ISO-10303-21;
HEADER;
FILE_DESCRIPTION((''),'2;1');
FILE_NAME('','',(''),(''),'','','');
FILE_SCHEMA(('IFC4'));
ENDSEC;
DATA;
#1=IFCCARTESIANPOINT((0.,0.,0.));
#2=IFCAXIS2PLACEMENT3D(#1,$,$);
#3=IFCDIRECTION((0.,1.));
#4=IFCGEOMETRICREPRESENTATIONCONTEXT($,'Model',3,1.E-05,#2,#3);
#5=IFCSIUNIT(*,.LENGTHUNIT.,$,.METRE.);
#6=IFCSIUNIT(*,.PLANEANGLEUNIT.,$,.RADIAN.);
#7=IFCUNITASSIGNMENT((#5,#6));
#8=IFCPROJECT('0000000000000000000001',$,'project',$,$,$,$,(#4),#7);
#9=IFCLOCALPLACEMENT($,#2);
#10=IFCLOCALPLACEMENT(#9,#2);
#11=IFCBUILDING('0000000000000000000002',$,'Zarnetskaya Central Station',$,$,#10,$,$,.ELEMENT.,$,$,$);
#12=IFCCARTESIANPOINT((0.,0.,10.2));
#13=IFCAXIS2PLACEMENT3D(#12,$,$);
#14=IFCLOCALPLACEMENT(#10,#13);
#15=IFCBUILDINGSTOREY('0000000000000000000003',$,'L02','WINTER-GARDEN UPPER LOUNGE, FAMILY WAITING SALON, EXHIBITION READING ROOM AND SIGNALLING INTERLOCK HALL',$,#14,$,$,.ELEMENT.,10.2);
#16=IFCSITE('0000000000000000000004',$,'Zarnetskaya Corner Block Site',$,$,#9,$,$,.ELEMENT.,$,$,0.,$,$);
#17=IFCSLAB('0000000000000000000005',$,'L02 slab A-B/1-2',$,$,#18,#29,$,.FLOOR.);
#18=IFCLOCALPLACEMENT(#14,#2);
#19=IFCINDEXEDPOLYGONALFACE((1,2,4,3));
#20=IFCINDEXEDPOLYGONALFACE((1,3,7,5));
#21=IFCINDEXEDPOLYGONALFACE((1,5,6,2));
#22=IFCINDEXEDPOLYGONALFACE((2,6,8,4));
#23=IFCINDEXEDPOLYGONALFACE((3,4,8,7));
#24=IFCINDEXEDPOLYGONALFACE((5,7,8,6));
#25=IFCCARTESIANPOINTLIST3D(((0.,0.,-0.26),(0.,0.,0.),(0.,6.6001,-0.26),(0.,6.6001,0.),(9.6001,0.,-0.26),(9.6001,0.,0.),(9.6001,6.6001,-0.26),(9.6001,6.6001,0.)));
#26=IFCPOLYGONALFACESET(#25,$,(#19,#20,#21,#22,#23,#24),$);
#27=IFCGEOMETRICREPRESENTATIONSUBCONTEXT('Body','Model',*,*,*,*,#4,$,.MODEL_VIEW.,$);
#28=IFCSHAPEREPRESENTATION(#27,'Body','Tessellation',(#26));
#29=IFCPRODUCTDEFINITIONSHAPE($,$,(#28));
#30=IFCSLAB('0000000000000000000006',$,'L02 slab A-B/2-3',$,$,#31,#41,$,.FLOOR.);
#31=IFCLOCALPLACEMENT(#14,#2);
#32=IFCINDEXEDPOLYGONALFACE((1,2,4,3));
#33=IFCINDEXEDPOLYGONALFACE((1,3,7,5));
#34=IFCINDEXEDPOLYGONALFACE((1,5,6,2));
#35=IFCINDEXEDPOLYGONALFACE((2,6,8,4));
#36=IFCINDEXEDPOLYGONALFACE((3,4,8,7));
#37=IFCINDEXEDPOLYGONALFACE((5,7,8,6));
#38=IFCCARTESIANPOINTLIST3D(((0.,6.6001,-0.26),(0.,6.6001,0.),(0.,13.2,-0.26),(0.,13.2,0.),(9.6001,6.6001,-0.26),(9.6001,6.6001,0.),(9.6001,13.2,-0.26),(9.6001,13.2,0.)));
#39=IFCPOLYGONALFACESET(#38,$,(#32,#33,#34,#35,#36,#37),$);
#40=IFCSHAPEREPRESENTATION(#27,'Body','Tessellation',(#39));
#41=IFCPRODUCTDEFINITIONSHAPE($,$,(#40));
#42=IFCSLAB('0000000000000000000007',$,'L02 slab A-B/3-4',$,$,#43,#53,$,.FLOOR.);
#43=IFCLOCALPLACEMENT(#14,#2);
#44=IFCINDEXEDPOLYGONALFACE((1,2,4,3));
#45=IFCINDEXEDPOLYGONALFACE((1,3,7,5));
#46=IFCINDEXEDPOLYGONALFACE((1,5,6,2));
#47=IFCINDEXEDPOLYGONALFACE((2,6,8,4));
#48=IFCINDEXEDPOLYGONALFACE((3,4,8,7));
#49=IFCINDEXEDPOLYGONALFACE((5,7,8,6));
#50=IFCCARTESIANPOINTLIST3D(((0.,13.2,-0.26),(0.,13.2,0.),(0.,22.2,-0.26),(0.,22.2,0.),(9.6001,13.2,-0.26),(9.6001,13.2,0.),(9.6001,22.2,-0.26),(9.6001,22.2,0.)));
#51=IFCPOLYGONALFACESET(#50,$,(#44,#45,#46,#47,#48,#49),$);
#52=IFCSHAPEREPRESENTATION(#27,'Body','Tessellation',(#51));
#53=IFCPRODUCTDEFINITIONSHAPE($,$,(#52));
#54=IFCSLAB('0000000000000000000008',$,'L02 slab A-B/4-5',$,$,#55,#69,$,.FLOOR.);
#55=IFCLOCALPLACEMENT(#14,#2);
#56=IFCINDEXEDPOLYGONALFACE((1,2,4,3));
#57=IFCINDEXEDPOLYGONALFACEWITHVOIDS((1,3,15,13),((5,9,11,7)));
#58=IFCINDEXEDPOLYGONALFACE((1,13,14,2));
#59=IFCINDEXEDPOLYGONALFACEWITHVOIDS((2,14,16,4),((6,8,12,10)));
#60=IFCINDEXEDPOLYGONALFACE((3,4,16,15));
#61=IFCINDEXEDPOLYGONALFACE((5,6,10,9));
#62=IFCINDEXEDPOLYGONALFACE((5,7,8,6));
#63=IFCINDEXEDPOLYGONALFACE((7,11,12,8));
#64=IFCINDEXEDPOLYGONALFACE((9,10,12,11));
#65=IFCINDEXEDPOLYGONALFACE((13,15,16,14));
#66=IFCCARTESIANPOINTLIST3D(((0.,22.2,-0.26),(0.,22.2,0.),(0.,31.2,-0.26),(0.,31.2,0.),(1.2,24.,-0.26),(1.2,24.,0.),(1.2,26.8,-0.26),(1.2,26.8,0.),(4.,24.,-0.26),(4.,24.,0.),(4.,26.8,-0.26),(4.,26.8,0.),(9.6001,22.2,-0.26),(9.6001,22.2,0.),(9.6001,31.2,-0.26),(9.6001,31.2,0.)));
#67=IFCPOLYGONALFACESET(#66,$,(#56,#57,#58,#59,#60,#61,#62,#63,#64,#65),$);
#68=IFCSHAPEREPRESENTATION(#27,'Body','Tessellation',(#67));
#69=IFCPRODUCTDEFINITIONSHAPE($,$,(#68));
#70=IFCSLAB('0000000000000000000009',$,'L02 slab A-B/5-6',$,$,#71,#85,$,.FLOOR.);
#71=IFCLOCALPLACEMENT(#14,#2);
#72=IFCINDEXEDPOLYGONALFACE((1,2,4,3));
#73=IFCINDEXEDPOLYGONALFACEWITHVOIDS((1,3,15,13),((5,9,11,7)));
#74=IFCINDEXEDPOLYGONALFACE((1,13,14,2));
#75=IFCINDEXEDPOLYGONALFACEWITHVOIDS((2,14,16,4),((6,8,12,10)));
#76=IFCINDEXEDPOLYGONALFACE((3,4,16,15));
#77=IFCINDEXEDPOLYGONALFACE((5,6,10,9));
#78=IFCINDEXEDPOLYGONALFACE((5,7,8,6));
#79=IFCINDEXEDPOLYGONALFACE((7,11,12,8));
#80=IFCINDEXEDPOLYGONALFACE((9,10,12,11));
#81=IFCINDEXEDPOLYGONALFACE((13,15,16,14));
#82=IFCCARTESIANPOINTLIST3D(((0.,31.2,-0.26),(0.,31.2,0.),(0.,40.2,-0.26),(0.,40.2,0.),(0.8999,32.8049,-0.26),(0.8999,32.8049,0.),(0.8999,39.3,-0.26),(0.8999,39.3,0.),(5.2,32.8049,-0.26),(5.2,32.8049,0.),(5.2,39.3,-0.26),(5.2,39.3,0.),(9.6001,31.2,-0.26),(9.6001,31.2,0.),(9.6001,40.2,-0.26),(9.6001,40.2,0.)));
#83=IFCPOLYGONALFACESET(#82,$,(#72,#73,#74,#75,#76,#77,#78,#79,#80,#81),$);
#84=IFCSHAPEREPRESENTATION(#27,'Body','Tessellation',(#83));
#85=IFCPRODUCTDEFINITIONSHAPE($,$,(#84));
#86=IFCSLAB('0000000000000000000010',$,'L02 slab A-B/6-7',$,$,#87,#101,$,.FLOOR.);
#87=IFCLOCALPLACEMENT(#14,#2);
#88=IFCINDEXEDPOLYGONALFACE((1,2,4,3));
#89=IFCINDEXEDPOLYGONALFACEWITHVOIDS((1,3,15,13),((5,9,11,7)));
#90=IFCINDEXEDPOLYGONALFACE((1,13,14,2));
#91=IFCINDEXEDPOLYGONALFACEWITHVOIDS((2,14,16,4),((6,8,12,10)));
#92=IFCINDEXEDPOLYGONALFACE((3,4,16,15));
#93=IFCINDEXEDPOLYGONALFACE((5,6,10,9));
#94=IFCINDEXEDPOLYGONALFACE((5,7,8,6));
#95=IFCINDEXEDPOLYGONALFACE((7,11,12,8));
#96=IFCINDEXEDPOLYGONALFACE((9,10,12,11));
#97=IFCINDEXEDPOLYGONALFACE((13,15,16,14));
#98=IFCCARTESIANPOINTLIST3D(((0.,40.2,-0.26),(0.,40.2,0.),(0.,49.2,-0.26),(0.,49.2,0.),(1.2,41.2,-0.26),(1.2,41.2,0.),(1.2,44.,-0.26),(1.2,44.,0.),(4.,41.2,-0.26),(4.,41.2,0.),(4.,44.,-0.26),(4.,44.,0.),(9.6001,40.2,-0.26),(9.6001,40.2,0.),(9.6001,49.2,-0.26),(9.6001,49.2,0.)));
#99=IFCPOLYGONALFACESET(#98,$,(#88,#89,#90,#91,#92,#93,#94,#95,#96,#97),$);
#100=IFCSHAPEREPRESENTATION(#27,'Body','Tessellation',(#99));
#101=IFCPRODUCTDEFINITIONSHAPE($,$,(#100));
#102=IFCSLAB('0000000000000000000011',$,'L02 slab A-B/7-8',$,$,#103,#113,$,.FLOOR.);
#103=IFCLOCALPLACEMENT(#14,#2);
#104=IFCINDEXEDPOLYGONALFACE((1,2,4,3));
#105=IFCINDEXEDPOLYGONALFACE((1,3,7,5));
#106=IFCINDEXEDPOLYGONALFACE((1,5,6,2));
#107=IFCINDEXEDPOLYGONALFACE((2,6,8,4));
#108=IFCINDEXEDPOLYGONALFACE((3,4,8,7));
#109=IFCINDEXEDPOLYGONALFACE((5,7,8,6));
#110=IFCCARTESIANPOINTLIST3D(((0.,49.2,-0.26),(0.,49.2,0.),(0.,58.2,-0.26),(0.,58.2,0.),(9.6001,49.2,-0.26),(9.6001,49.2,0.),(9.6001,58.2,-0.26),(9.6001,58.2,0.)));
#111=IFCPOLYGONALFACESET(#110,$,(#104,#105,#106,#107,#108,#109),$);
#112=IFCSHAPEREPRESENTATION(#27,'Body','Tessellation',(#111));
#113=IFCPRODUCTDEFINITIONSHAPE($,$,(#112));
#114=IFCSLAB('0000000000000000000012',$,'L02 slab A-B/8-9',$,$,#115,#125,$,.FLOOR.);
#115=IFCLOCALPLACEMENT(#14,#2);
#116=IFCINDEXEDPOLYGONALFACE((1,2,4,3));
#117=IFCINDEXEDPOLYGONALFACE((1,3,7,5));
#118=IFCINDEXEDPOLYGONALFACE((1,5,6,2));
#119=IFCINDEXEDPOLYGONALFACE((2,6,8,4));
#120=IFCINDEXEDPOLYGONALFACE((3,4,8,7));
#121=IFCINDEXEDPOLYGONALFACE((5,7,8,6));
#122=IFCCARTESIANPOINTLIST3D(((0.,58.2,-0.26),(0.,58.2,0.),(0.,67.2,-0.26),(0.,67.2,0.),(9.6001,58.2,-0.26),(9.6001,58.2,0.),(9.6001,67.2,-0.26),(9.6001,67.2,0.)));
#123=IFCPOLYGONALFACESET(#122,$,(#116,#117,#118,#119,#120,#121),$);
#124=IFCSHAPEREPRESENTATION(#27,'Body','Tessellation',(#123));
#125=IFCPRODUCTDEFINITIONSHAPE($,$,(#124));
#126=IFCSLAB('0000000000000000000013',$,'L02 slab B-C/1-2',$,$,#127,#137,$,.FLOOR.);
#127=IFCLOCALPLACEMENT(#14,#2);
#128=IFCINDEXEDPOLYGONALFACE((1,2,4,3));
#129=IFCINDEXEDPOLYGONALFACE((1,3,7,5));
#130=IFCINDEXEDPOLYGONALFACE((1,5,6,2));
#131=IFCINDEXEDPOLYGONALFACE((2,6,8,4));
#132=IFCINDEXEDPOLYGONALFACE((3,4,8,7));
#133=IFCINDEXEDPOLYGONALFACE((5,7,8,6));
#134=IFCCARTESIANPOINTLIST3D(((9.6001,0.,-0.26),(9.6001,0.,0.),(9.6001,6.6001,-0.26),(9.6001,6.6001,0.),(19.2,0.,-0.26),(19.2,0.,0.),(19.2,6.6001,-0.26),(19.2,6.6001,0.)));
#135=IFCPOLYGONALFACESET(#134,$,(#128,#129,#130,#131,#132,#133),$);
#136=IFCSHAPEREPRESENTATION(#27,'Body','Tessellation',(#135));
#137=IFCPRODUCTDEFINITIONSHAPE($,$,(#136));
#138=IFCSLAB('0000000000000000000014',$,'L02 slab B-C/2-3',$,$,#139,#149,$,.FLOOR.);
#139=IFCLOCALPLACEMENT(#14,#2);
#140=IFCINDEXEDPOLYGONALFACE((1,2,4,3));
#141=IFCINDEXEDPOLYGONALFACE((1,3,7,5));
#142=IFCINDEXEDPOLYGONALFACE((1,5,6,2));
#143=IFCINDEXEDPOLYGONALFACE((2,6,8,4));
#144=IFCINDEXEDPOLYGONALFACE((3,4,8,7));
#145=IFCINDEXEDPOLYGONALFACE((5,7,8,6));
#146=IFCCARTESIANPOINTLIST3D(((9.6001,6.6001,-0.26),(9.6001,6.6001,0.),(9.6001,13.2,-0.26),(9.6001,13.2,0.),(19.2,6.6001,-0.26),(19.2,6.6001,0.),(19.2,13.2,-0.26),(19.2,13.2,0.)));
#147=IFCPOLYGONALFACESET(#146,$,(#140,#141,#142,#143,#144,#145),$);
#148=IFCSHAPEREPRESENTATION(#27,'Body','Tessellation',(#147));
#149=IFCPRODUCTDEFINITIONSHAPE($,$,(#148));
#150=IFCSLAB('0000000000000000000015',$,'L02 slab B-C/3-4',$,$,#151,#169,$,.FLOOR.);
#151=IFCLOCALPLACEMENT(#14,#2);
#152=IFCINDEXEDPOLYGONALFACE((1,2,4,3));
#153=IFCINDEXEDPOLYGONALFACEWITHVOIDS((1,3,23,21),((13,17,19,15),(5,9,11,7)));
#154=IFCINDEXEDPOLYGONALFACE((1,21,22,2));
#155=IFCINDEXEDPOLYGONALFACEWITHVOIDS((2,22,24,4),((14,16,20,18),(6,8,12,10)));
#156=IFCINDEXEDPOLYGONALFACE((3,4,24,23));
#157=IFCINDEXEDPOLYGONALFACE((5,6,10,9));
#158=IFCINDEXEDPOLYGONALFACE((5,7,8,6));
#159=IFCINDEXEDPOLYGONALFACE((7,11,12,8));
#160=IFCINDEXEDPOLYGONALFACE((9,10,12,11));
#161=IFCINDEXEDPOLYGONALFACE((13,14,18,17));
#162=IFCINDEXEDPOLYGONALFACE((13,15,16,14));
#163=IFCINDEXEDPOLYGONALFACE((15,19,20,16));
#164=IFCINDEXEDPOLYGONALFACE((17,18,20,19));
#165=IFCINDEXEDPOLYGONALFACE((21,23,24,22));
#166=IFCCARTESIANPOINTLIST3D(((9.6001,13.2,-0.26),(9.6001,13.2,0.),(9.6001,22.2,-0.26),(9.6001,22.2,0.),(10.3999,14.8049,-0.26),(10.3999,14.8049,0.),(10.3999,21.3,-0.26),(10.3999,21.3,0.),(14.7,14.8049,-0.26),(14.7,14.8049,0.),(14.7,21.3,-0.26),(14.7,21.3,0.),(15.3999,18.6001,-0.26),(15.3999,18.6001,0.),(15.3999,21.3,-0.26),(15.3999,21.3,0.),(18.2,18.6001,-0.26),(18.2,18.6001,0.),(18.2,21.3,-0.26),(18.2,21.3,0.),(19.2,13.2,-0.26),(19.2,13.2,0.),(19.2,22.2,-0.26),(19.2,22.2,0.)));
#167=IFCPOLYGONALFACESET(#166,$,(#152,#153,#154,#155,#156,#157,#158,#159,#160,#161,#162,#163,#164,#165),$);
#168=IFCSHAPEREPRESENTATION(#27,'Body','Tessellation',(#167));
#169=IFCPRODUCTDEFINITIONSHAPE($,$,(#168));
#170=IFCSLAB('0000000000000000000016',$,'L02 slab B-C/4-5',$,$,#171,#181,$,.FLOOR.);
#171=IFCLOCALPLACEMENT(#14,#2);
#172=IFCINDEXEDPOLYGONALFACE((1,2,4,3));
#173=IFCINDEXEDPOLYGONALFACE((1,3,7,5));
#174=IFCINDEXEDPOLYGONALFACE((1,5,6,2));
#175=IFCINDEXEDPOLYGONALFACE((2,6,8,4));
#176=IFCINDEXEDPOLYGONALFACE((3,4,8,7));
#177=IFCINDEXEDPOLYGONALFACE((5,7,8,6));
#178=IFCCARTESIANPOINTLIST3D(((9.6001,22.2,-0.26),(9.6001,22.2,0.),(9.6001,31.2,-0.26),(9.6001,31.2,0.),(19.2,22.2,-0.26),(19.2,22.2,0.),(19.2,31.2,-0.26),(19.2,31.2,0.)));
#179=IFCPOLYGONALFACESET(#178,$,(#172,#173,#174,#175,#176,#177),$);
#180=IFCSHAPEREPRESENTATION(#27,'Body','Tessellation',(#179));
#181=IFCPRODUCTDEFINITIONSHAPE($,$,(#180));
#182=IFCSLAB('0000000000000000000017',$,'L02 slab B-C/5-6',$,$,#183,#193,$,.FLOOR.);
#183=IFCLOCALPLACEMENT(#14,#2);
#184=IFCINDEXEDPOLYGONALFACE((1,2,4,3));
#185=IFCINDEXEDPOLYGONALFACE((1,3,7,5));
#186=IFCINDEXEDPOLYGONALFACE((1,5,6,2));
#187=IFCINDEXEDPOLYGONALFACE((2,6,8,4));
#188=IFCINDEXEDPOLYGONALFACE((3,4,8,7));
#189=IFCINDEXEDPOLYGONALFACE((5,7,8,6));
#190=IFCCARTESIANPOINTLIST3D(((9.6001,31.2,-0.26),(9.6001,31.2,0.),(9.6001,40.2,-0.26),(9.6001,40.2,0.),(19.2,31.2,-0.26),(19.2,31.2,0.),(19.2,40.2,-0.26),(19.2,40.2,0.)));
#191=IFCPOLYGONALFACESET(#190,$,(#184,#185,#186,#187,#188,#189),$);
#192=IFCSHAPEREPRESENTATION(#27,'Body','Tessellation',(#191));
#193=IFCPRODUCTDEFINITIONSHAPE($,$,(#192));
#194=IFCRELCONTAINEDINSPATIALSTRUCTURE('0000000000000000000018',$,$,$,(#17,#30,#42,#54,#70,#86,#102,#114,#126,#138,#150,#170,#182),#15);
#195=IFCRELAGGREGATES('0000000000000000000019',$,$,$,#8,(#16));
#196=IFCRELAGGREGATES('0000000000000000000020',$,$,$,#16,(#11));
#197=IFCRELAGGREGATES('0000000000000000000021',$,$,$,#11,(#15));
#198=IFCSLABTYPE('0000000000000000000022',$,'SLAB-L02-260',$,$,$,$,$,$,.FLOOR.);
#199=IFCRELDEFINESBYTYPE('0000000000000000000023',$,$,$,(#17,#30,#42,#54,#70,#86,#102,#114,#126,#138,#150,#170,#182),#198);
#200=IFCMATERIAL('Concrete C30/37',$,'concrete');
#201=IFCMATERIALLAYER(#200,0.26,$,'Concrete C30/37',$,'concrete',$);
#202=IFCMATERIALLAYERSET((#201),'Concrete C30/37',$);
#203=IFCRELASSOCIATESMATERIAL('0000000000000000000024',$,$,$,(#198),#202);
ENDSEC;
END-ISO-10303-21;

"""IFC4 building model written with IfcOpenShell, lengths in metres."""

from ifc_helpers import new_model, si_unit, direction, frame, origin, place, context, subcontext, project, spatial, polyline, outline, extrude, material, layer, layer_set, type_object, element, save


model = new_model("IFC4")

# Units and contexts
model_context = context("Model", 3, precision=1e-05, world=origin(), true_north=direction((0.0, 1.0)))
body_context = subcontext(model_context, "Body", "Model", "MODEL_VIEW")
ifc_project = project(units=[si_unit("LENGTHUNIT", "METRE"), si_unit("PLANEANGLEUNIT", "RADIAN")], contexts=[model_context])

# Site, building, storey
site_placement = place(None, origin())
site = spatial("IfcSite", under=ifc_project, at=site_placement, Name="Zarnetskaya Corner Block Site", CompositionType="ELEMENT", RefElevation=0.0)
building_placement = place(site_placement, origin())
building = spatial("IfcBuilding", under=site, at=building_placement, Name="Zarnetskaya Central Station", CompositionType="ELEMENT")
storey_placement = place(building_placement, frame((0.0, 0.0, 10.2)))
storey = spatial("IfcBuildingStorey", under=building, at=storey_placement, Name="L02", Description="WINTER-GARDEN UPPER LOUNGE, FAMILY WAITING SALON, EXHIBITION READING ROOM AND SIGNALLING INTERLOCK HALL", CompositionType="ELEMENT", Elevation=10.2)

# Slabs
ifc_material = material(Name="Concrete C30/37", Category="concrete")
ifc_layer = layer(ifc_material, 0.26, Name="Concrete C30/37", Category="concrete")
ifc_layer_set = layer_set([ifc_layer], Name="Concrete C30/37")
slab_type = type_object("IfcSlabType", Name="SLAB-L02-260", PredefinedType="FLOOR", material=ifc_layer_set)
slab_1_placement = place(storey_placement, frame((0.0, 0.0, -0.26)))
element("IfcSlab", 1, at=slab_1_placement, inside=storey, type_object=slab_type, Name="L02 slab A-B/1-2", PredefinedType="FLOOR", context=body_context, shape_type="SweptSolid", body=[
    extrude(outline(polyline([(0.0, 0.0), (9.6001, 0.0), (9.6001, 6.6001), (0.0, 6.6001), (0.0, 0.0)])), origin(), (0.0, 0.0, 1.0), 0.26),
])
slab_2_placement = place(storey_placement, frame((0.0, 0.0, -0.26)))
element("IfcSlab", 2, at=slab_2_placement, inside=storey, type_object=slab_type, Name="L02 slab A-B/2-3", PredefinedType="FLOOR", context=body_context, shape_type="SweptSolid", body=[
    extrude(outline(polyline([(0.0, 6.6001), (9.6001, 6.6001), (9.6001, 13.2), (0.0, 13.2), (0.0, 6.6001)])), origin(), (0.0, 0.0, 1.0), 0.26),
])
slab_3_placement = place(storey_placement, frame((0.0, 0.0, -0.26)))
element("IfcSlab", 3, at=slab_3_placement, inside=storey, type_object=slab_type, Name="L02 slab A-B/3-4", PredefinedType="FLOOR", context=body_context, shape_type="SweptSolid", body=[
    extrude(outline(polyline([(0.0, 13.2), (9.6001, 13.2), (9.6001, 22.2), (0.0, 22.2), (0.0, 13.2)])), origin(), (0.0, 0.0, 1.0), 0.26),
])
slab_4_placement = place(storey_placement, frame((0.0, 0.0, -0.26)))
element("IfcSlab", 4, at=slab_4_placement, inside=storey, type_object=slab_type, Name="L02 slab A-B/4-5", PredefinedType="FLOOR", context=body_context, shape_type="SweptSolid", body=[
    extrude(outline(polyline([(0.0, 22.2), (9.6001, 22.2), (9.6001, 31.2), (0.0, 31.2), (0.0, 22.2)]), holes=[polyline([(1.2, 24.0), (4.0, 24.0), (4.0, 26.8), (1.2, 26.8), (1.2, 24.0)])]), origin(), (0.0, 0.0, 1.0), 0.26),
])
slab_5_placement = place(storey_placement, frame((0.0, 0.0, -0.26)))
element("IfcSlab", 5, at=slab_5_placement, inside=storey, type_object=slab_type, Name="L02 slab A-B/5-6", PredefinedType="FLOOR", context=body_context, shape_type="SweptSolid", body=[
    extrude(outline(polyline([(0.0, 31.2), (9.6001, 31.2), (9.6001, 40.2), (0.0, 40.2), (0.0, 31.2)]), holes=[polyline([(0.8999, 32.8049), (5.2, 32.8049), (5.2, 39.3), (0.8999, 39.3), (0.8999, 32.8049)])]), origin(), (0.0, 0.0, 1.0), 0.26),
])
slab_6_placement = place(storey_placement, frame((0.0, 0.0, -0.26)))
element("IfcSlab", 6, at=slab_6_placement, inside=storey, type_object=slab_type, Name="L02 slab A-B/6-7", PredefinedType="FLOOR", context=body_context, shape_type="SweptSolid", body=[
    extrude(outline(polyline([(0.0, 40.2), (9.6001, 40.2), (9.6001, 49.2), (0.0, 49.2), (0.0, 40.2)]), holes=[polyline([(1.2, 41.2), (4.0, 41.2), (4.0, 44.0), (1.2, 44.0), (1.2, 41.2)])]), origin(), (0.0, 0.0, 1.0), 0.26),
])
slab_7_placement = place(storey_placement, frame((0.0, 0.0, -0.26)))
element("IfcSlab", 7, at=slab_7_placement, inside=storey, type_object=slab_type, Name="L02 slab A-B/7-8", PredefinedType="FLOOR", context=body_context, shape_type="SweptSolid", body=[
    extrude(outline(polyline([(0.0, 49.2), (9.6001, 49.2), (9.6001, 58.2), (0.0, 58.2), (0.0, 49.2)])), origin(), (0.0, 0.0, 1.0), 0.26),
])
slab_8_placement = place(storey_placement, frame((0.0, 0.0, -0.26)))
element("IfcSlab", 8, at=slab_8_placement, inside=storey, type_object=slab_type, Name="L02 slab A-B/8-9", PredefinedType="FLOOR", context=body_context, shape_type="SweptSolid", body=[
    extrude(outline(polyline([(0.0, 58.2), (9.6001, 58.2), (9.6001, 67.2), (0.0, 67.2), (0.0, 58.2)])), origin(), (0.0, 0.0, 1.0), 0.26),
])
slab_9_placement = place(storey_placement, frame((0.0, 0.0, -0.26)))
element("IfcSlab", 9, at=slab_9_placement, inside=storey, type_object=slab_type, Name="L02 slab B-C/1-2", PredefinedType="FLOOR", context=body_context, shape_type="SweptSolid", body=[
    extrude(outline(polyline([(9.6001, 0.0), (19.2, 0.0), (19.2, 6.6001), (9.6001, 6.6001), (9.6001, 0.0)])), origin(), (0.0, 0.0, 1.0), 0.26),
])
slab_10_placement = place(storey_placement, frame((0.0, 0.0, -0.26)))
element("IfcSlab", 10, at=slab_10_placement, inside=storey, type_object=slab_type, Name="L02 slab B-C/2-3", PredefinedType="FLOOR", context=body_context, shape_type="SweptSolid", body=[
    extrude(outline(polyline([(9.6001, 6.6001), (19.2, 6.6001), (19.2, 13.2), (9.6001, 13.2), (9.6001, 6.6001)])), origin(), (0.0, 0.0, 1.0), 0.26),
])
slab_11_placement = place(storey_placement, frame((0.0, 0.0, -0.26)))
element("IfcSlab", 11, at=slab_11_placement, inside=storey, type_object=slab_type, Name="L02 slab B-C/3-4", PredefinedType="FLOOR", context=body_context, shape_type="SweptSolid", body=[
    extrude(outline(polyline([(9.6001, 13.2), (19.2, 13.2), (19.2, 22.2), (9.6001, 22.2), (9.6001, 13.2)]), holes=[polyline([(10.3999, 14.8049), (14.7, 14.8049), (14.7, 21.3), (10.3999, 21.3), (10.3999, 14.8049)]), polyline([(15.3999, 18.6001), (18.2, 18.6001), (18.2, 21.3), (15.3999, 21.3), (15.3999, 18.6001)])]), origin(), (0.0, 0.0, 1.0), 0.26),
])
slab_12_placement = place(storey_placement, frame((0.0, 0.0, -0.26)))
element("IfcSlab", 12, at=slab_12_placement, inside=storey, type_object=slab_type, Name="L02 slab B-C/4-5", PredefinedType="FLOOR", context=body_context, shape_type="SweptSolid", body=[
    extrude(outline(polyline([(9.6001, 22.2), (19.2, 22.2), (19.2, 31.2), (9.6001, 31.2), (9.6001, 22.2)])), origin(), (0.0, 0.0, 1.0), 0.26),
])
slab_13_placement = place(storey_placement, frame((0.0, 0.0, -0.26)))
element("IfcSlab", 13, at=slab_13_placement, inside=storey, type_object=slab_type, Name="L02 slab B-C/5-6", PredefinedType="FLOOR", context=body_context, shape_type="SweptSolid", body=[
    extrude(outline(polyline([(9.6001, 31.2), (19.2, 31.2), (19.2, 40.2), (9.6001, 40.2), (9.6001, 31.2)])), origin(), (0.0, 0.0, 1.0), 0.26),
])

save(model, "model.ifc")
